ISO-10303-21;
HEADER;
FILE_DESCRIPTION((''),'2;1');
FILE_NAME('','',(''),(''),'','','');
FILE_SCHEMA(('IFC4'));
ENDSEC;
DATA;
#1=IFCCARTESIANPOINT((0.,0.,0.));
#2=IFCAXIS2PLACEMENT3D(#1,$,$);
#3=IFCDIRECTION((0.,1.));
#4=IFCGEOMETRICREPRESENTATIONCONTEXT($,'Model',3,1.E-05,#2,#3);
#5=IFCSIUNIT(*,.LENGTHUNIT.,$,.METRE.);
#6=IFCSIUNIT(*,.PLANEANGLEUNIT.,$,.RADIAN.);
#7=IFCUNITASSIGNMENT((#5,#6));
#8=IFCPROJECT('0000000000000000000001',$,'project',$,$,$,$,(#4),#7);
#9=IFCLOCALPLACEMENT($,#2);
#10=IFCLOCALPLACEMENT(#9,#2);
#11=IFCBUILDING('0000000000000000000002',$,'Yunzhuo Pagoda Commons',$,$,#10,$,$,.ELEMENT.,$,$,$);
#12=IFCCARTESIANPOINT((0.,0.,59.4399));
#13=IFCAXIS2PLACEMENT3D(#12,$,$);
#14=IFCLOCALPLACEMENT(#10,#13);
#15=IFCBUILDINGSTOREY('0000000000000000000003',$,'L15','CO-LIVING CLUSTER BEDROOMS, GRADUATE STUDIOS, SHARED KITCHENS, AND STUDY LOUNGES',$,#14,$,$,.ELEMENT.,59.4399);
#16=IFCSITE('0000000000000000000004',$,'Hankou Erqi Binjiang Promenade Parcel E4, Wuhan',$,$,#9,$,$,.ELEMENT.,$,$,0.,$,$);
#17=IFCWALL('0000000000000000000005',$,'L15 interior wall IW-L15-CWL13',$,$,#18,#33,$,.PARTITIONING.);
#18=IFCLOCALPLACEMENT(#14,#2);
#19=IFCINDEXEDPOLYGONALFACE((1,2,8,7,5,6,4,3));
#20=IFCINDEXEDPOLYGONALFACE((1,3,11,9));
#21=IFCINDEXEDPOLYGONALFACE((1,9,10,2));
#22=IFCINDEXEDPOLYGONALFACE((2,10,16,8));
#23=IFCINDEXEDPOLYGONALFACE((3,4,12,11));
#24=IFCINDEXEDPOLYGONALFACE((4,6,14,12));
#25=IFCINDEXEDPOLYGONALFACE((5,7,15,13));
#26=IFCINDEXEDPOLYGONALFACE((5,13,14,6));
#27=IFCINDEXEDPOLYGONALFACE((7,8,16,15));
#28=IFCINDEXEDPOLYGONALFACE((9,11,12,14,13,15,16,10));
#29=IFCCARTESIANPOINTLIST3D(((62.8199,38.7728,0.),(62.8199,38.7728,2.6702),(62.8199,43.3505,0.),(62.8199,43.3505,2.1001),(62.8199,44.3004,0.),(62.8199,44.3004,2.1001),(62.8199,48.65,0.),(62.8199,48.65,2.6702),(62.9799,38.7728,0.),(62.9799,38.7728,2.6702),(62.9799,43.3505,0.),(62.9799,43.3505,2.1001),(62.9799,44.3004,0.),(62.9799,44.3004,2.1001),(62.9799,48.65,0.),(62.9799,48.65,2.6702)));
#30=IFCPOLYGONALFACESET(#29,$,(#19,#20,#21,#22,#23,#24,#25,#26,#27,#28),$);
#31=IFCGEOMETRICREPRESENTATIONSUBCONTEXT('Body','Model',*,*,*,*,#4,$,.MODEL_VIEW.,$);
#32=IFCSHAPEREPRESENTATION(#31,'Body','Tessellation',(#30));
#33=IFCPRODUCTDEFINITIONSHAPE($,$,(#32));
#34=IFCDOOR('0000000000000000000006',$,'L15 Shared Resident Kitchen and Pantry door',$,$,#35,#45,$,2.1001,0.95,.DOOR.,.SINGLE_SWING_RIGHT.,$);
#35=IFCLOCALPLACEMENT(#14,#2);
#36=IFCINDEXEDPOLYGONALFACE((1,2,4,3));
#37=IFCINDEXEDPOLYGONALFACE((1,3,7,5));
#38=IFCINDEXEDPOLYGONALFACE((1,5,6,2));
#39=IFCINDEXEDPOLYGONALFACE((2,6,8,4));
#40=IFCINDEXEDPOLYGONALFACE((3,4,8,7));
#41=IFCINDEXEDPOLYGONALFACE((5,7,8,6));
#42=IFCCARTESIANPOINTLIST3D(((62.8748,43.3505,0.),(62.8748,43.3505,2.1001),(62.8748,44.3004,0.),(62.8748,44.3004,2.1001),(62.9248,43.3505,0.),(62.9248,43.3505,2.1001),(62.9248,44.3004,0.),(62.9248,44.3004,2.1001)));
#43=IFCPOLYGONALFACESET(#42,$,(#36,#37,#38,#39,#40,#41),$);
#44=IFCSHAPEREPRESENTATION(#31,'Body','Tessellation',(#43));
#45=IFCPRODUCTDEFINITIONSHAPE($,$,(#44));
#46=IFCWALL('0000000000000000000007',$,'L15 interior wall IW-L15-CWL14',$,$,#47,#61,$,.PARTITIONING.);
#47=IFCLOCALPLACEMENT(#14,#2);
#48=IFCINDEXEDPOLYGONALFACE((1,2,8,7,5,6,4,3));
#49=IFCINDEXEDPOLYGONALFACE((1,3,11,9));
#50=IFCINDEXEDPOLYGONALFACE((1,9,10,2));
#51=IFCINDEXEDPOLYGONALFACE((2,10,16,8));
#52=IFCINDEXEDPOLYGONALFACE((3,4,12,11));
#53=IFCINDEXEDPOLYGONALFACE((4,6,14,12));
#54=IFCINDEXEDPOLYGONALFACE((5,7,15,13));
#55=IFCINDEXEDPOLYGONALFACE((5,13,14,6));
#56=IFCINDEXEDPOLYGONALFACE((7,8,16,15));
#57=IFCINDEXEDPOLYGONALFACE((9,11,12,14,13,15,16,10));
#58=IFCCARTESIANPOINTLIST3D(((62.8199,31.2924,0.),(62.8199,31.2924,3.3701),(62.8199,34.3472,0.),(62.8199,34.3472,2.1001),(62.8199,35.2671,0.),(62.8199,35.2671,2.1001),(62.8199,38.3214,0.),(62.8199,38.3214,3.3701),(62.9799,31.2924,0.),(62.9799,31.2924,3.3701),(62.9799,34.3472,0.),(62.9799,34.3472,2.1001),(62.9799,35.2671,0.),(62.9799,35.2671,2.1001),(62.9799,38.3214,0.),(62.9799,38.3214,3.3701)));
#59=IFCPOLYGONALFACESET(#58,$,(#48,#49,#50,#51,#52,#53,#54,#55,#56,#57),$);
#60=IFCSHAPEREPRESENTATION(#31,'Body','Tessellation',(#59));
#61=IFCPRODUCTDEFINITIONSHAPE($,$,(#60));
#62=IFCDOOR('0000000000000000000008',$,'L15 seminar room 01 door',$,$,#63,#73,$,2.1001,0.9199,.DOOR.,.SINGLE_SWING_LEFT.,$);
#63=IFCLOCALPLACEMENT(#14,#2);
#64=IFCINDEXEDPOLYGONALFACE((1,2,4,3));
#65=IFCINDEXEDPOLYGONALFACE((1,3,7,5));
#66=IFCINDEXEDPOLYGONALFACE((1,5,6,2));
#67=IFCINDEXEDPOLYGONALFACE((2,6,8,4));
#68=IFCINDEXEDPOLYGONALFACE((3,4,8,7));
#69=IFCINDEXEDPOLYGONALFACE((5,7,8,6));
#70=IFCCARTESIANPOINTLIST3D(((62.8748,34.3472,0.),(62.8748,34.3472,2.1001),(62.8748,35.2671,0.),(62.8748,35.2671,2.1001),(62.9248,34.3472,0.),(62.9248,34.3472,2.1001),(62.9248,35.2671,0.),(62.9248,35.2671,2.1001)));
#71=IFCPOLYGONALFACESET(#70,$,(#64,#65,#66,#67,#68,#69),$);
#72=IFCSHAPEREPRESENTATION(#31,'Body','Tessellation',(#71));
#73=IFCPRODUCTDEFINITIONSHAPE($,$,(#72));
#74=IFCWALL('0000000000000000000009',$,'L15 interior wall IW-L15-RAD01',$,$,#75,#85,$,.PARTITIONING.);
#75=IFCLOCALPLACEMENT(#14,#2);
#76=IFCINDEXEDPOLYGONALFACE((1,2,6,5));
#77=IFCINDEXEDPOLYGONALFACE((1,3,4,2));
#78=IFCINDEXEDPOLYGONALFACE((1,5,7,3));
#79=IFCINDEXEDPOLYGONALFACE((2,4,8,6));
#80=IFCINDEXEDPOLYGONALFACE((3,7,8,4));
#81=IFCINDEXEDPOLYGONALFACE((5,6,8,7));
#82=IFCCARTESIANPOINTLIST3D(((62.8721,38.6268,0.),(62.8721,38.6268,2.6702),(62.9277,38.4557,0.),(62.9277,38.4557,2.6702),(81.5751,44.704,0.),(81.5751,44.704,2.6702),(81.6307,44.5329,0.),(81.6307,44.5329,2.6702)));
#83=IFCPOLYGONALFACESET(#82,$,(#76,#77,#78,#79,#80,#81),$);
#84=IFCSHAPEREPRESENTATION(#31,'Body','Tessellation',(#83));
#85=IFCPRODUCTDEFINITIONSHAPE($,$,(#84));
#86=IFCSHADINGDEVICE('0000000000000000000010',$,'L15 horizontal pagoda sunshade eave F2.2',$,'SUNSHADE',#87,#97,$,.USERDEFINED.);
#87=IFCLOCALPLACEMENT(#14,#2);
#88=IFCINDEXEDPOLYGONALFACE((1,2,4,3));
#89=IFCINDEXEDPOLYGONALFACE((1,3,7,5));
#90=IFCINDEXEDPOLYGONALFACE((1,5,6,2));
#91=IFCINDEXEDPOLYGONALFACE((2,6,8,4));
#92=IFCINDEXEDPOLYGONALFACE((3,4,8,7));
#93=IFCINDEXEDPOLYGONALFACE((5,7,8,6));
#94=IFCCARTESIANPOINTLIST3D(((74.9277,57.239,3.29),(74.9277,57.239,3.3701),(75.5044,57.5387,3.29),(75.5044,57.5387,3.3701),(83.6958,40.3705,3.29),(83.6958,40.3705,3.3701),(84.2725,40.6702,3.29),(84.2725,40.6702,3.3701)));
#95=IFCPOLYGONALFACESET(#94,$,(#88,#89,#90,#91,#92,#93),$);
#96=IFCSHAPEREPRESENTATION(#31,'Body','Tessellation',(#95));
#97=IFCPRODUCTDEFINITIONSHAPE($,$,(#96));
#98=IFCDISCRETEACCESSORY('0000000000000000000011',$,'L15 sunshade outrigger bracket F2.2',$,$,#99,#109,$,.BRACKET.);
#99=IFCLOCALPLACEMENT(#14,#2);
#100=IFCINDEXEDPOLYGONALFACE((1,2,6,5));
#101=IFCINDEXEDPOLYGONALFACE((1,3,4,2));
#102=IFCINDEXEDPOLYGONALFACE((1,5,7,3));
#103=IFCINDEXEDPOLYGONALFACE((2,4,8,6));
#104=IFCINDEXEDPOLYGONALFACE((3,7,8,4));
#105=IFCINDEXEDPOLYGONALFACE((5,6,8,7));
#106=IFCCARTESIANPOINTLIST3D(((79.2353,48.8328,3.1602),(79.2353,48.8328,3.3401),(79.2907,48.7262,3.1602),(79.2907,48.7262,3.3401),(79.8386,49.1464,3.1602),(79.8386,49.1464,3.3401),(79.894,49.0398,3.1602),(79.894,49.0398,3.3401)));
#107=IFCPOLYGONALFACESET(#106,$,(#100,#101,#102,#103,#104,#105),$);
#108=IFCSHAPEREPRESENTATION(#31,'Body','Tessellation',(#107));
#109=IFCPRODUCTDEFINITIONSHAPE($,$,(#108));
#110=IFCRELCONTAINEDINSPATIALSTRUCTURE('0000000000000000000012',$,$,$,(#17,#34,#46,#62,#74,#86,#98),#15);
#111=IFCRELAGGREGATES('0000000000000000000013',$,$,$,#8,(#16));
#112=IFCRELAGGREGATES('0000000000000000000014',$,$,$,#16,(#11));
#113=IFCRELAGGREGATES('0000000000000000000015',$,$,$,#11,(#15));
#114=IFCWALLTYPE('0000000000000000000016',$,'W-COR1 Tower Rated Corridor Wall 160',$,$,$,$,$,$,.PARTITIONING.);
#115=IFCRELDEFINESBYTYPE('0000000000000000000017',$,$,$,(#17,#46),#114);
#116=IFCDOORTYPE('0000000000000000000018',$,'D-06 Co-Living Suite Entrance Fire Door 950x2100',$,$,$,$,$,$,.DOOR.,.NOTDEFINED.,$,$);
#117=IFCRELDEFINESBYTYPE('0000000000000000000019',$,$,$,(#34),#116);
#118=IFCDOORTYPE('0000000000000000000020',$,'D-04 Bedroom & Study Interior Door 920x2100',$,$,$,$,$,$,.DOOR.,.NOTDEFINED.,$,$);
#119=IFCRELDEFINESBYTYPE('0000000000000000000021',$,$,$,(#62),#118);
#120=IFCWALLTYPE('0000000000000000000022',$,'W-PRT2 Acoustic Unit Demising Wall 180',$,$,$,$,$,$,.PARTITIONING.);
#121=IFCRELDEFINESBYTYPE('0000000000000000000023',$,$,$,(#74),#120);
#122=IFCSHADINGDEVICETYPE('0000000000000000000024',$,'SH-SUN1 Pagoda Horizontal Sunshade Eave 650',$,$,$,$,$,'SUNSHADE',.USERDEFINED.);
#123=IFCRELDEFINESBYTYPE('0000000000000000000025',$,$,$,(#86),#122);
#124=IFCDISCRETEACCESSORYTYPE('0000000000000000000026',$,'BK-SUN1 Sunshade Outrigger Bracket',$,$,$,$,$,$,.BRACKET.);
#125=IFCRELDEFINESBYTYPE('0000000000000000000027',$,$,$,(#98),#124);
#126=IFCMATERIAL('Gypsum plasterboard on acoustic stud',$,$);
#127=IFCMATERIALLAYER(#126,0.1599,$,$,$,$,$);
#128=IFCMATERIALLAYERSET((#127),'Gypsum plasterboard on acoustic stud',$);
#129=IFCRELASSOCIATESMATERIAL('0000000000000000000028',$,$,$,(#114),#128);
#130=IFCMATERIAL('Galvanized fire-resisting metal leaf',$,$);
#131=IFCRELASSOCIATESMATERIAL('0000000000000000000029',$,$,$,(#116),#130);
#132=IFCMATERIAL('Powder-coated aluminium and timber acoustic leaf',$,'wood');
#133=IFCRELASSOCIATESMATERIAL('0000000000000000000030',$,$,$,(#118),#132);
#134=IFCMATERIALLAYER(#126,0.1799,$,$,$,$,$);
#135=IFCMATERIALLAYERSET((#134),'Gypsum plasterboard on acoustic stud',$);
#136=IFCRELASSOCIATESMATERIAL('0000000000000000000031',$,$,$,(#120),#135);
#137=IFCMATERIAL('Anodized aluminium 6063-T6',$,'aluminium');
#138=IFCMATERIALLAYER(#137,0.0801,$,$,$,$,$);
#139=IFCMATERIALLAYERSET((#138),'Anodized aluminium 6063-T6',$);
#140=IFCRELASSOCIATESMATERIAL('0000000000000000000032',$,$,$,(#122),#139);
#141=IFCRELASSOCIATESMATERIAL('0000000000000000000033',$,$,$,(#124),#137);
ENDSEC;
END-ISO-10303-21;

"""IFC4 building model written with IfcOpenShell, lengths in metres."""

from ifc_helpers import new_model, si_unit, direction, frame, frame_2d, origin, origin_with_axes, origin_2d, place, context, subcontext, project, spatial, rectangle, extrude, source, transform, mapped, material, layer, layer_set, type_object, element, fill, save


model = new_model("IFC4")

# Units and contexts
model_context = context("Model", 3, precision=1e-05, world=origin(), true_north=direction((0.0, 1.0)))
body_context = subcontext(model_context, "Body", "Model", "MODEL_VIEW")
ifc_project = project(units=[si_unit("LENGTHUNIT", "METRE"), si_unit("PLANEANGLEUNIT", "RADIAN")], contexts=[model_context])

# Site, building, storey
site_placement = place(None, origin())
site = spatial("IfcSite", under=ifc_project, at=site_placement, Name="Hankou Erqi Binjiang Promenade Parcel E4, Wuhan", CompositionType="ELEMENT", RefElevation=0.0)
building_placement = place(site_placement, origin())
building = spatial("IfcBuilding", under=site, at=building_placement, Name="Yunzhuo Pagoda Commons", CompositionType="ELEMENT")
storey_placement = place(building_placement, frame((0.0, 0.0, 59.4399)))
storey = spatial("IfcBuildingStorey", under=building, at=storey_placement, Name="L15", Description="CO-LIVING CLUSTER BEDROOMS, GRADUATE STUDIOS, SHARED KITCHENS, AND STUDY LOUNGES", CompositionType="ELEMENT", Elevation=59.4399)

# Shared definitions
ifc_material_1 = material(Name="Anodized aluminium 6063-T6", Category="aluminium")

# Shared definitions
ifc_material_2 = material(Name="Gypsum plasterboard on acoustic stud")
ifc_layer_1 = layer(ifc_material_2, 0.1599)
ifc_layer_set_1 = layer_set([ifc_layer_1], Name="Gypsum plasterboard on acoustic stud")
wall_type_1 = type_object("IfcWallType", Name="W-COR1 Tower Rated Corridor Wall 160", PredefinedType="PARTITIONING", material=ifc_layer_set_1)

# Walls, openings, doors
wall_1_placement = place(storey_placement, frame((62.8999, 48.6499, 0.0), z_axis=(0.0, 0.0, 1.0), x_axis=(0.0, -1.0, 0.0)))
wall_1 = element("IfcWall", 1, at=wall_1_placement, inside=storey, type_object=wall_type_1, Name="L15 interior wall IW-L15-CWL13", PredefinedType="PARTITIONING", context=body_context, shape_type="SweptSolid", body=[
    extrude(rectangle(XDim=9.8772, YDim=0.1599, at=frame_2d((4.9385, 0.0))), origin(), (0.0, 0.0, 1.0), 2.6702),
])
opening_1_placement = place(wall_1_placement, frame((4.3494, 0.0, 0.0)))
opening_1 = element("IfcOpeningElement", 2, at=opening_1_placement, cuts=wall_1, PredefinedType="OPENING", context=body_context, shape_type="SweptSolid", body=[
    extrude(rectangle(XDim=0.95, YDim=2.1001, at=frame_2d((0.4751, 1.05))), frame((0.0, 0.0898, 0.0), z_axis=(0.0, -1.0, 0.0), x_axis=(1.0, 0.0, 0.0)), (0.0, 0.0, 1.0), 0.1799),
])
ifc_material_3 = material(Name="Galvanized fire-resisting metal leaf")
door_type_1 = type_object("IfcDoorType", Name="D-06 Co-Living Suite Entrance Fire Door 950x2100", OperationType="NOTDEFINED", PredefinedType="DOOR", material=ifc_material_3)
shared_shape_1 = source(origin(), body_context, "Body", "SweptSolid", [
    extrude(rectangle(XDim=0.95, YDim=2.1001, at=frame_2d((0.4751, 1.05))), frame((0.0, 0.0249, 0.0), z_axis=(0.0, -1.0, 0.0), x_axis=(1.0, 0.0, 0.0)), (0.0, 0.0, 1.0), 0.05),
])
door_1_placement = place(opening_1_placement, origin_with_axes())
door_1 = element("IfcDoor", 3, at=door_1_placement, inside=storey, type_object=door_type_1, Name="L15 Shared Resident Kitchen and Pantry door", OperationType="SINGLE_SWING_RIGHT", OverallHeight=2.1001, OverallWidth=0.95, PredefinedType="DOOR", context=body_context, shape_type="MappedRepresentation", body=[
    mapped(shared_shape_1, transform((0.0, 0.0, 0.0), scale=1.0)),
])
fill(opening_1, door_1)
wall_2_placement = place(storey_placement, frame((62.8999, 38.3215, 0.0), z_axis=(0.0, 0.0, 1.0), x_axis=(0.0, -1.0, 0.0)))
wall_2 = element("IfcWall", 4, at=wall_2_placement, inside=storey, type_object=wall_type_1, Name="L15 interior wall IW-L15-CWL14", PredefinedType="PARTITIONING", context=body_context, shape_type="SweptSolid", body=[
    extrude(rectangle(XDim=7.0291, YDim=0.1599, at=frame_2d((3.5146, 0.0))), origin(), (0.0, 0.0, 1.0), 3.3701),
])
opening_2_placement = place(wall_2_placement, frame((3.0544, 0.0, 0.0)))
opening_2 = element("IfcOpeningElement", 5, at=opening_2_placement, cuts=wall_2, PredefinedType="OPENING", context=body_context, shape_type="SweptSolid", body=[
    extrude(rectangle(XDim=0.9199, YDim=2.1001, at=frame_2d((0.46, 1.05))), frame((0.0, 0.0898, 0.0), z_axis=(0.0, -1.0, 0.0), x_axis=(1.0, 0.0, 0.0)), (0.0, 0.0, 1.0), 0.1799),
])
ifc_material_4 = material(Name="Powder-coated aluminium and timber acoustic leaf", Category="wood")
door_type_2 = type_object("IfcDoorType", Name="D-04 Bedroom & Study Interior Door 920x2100", OperationType="NOTDEFINED", PredefinedType="DOOR", material=ifc_material_4)
shared_shape_2 = source(origin(), body_context, "Body", "SweptSolid", [
    extrude(rectangle(XDim=0.9199, YDim=2.1001, at=frame_2d((0.46, 1.05))), frame((0.0, 0.0249, 0.0), z_axis=(0.0, -1.0, 0.0), x_axis=(1.0, 0.0, 0.0)), (0.0, 0.0, 1.0), 0.05),
])
door_2_placement = place(opening_2_placement, origin_with_axes())
door_2 = element("IfcDoor", 6, at=door_2_placement, inside=storey, type_object=door_type_2, Name="L15 seminar room 01 door", OperationType="SINGLE_SWING_LEFT", OverallHeight=2.1001, OverallWidth=0.9199, PredefinedType="DOOR", context=body_context, shape_type="MappedRepresentation", body=[
    mapped(shared_shape_2, transform((0.0, 0.0, 0.0), scale=1.0)),
])
fill(opening_2, door_2)

# Wall
ifc_layer_2 = layer(ifc_material_2, 0.1799)
ifc_layer_set_2 = layer_set([ifc_layer_2], Name="Gypsum plasterboard on acoustic stud")
wall_type_2 = type_object("IfcWallType", Name="W-PRT2 Acoustic Unit Demising Wall 180", PredefinedType="PARTITIONING", material=ifc_layer_set_2)
wall_3_placement = place(storey_placement, frame((62.8999, 38.5413, 0.0), z_axis=(0.0, 0.0, 1.0), x_axis=(0.951053, 0.309027, 0.0)))
element("IfcWall", 7, at=wall_3_placement, inside=storey, type_object=wall_type_2, Name="L15 interior wall IW-L15-RAD01", PredefinedType="PARTITIONING", context=body_context, shape_type="SweptSolid", body=[
    extrude(rectangle(XDim=19.6655, YDim=0.1799, at=frame_2d((9.8328, 0.0))), origin(), (0.0, 0.0, 1.0), 2.6702),
])

# Shading device
ifc_layer_3 = layer(ifc_material_1, 0.0801)
ifc_layer_set_3 = layer_set([ifc_layer_3], Name="Anodized aluminium 6063-T6")
shading_device_type = type_object("IfcShadingDeviceType", Name="SH-SUN1 Pagoda Horizontal Sunshade Eave 650", ElementType="SUNSHADE", PredefinedType="USERDEFINED", material=ifc_layer_set_3)
shared_shape_3 = source(origin(), body_context, "Body", "SweptSolid", [
    extrude(rectangle(XDim=19.0112, YDim=0.6499, at=origin_2d()), origin(), (0.0, 0.0, 1.0), 0.0801),
])
shading_device_placement = place(storey_placement, frame((79.6001, 48.9546, 3.29), z_axis=(0.0, 0.0, 1.0), x_axis=(-0.461207, 0.887293, 0.0)))
element("IfcShadingDevice", 8, at=shading_device_placement, inside=storey, type_object=shading_device_type, Name="L15 horizontal pagoda sunshade eave F2.2", ObjectType="SUNSHADE", PredefinedType="USERDEFINED", context=body_context, shape_type="MappedRepresentation", body=[
    mapped(shared_shape_3, transform((0.0, 0.0, 0.0), scale=1.0)),
])

# Discrete accessory
discrete_accessory_type = type_object("IfcDiscreteAccessoryType", Name="BK-SUN1 Sunshade Outrigger Bracket", PredefinedType="BRACKET", material=ifc_material_1)
shared_shape_4 = source(origin(), body_context, "Body", "SweptSolid", [
    extrude(rectangle(XDim=0.1201, YDim=0.6799, at=origin_2d()), origin(), (0.0, 0.0, 1.0), 0.1799),
])
discrete_accessory_placement = place(storey_placement, frame((79.5647, 48.9363, 3.1602), z_axis=(0.0, 0.0, 1.0), x_axis=(-0.461207, 0.887293, 0.0)))
element("IfcDiscreteAccessory", 9, at=discrete_accessory_placement, inside=storey, type_object=discrete_accessory_type, Name="L15 sunshade outrigger bracket F2.2", PredefinedType="BRACKET", context=body_context, shape_type="MappedRepresentation", body=[
    mapped(shared_shape_4, transform((0.0, 0.0, 0.0), scale=1.0)),
])

save(model, "model.ifc")
